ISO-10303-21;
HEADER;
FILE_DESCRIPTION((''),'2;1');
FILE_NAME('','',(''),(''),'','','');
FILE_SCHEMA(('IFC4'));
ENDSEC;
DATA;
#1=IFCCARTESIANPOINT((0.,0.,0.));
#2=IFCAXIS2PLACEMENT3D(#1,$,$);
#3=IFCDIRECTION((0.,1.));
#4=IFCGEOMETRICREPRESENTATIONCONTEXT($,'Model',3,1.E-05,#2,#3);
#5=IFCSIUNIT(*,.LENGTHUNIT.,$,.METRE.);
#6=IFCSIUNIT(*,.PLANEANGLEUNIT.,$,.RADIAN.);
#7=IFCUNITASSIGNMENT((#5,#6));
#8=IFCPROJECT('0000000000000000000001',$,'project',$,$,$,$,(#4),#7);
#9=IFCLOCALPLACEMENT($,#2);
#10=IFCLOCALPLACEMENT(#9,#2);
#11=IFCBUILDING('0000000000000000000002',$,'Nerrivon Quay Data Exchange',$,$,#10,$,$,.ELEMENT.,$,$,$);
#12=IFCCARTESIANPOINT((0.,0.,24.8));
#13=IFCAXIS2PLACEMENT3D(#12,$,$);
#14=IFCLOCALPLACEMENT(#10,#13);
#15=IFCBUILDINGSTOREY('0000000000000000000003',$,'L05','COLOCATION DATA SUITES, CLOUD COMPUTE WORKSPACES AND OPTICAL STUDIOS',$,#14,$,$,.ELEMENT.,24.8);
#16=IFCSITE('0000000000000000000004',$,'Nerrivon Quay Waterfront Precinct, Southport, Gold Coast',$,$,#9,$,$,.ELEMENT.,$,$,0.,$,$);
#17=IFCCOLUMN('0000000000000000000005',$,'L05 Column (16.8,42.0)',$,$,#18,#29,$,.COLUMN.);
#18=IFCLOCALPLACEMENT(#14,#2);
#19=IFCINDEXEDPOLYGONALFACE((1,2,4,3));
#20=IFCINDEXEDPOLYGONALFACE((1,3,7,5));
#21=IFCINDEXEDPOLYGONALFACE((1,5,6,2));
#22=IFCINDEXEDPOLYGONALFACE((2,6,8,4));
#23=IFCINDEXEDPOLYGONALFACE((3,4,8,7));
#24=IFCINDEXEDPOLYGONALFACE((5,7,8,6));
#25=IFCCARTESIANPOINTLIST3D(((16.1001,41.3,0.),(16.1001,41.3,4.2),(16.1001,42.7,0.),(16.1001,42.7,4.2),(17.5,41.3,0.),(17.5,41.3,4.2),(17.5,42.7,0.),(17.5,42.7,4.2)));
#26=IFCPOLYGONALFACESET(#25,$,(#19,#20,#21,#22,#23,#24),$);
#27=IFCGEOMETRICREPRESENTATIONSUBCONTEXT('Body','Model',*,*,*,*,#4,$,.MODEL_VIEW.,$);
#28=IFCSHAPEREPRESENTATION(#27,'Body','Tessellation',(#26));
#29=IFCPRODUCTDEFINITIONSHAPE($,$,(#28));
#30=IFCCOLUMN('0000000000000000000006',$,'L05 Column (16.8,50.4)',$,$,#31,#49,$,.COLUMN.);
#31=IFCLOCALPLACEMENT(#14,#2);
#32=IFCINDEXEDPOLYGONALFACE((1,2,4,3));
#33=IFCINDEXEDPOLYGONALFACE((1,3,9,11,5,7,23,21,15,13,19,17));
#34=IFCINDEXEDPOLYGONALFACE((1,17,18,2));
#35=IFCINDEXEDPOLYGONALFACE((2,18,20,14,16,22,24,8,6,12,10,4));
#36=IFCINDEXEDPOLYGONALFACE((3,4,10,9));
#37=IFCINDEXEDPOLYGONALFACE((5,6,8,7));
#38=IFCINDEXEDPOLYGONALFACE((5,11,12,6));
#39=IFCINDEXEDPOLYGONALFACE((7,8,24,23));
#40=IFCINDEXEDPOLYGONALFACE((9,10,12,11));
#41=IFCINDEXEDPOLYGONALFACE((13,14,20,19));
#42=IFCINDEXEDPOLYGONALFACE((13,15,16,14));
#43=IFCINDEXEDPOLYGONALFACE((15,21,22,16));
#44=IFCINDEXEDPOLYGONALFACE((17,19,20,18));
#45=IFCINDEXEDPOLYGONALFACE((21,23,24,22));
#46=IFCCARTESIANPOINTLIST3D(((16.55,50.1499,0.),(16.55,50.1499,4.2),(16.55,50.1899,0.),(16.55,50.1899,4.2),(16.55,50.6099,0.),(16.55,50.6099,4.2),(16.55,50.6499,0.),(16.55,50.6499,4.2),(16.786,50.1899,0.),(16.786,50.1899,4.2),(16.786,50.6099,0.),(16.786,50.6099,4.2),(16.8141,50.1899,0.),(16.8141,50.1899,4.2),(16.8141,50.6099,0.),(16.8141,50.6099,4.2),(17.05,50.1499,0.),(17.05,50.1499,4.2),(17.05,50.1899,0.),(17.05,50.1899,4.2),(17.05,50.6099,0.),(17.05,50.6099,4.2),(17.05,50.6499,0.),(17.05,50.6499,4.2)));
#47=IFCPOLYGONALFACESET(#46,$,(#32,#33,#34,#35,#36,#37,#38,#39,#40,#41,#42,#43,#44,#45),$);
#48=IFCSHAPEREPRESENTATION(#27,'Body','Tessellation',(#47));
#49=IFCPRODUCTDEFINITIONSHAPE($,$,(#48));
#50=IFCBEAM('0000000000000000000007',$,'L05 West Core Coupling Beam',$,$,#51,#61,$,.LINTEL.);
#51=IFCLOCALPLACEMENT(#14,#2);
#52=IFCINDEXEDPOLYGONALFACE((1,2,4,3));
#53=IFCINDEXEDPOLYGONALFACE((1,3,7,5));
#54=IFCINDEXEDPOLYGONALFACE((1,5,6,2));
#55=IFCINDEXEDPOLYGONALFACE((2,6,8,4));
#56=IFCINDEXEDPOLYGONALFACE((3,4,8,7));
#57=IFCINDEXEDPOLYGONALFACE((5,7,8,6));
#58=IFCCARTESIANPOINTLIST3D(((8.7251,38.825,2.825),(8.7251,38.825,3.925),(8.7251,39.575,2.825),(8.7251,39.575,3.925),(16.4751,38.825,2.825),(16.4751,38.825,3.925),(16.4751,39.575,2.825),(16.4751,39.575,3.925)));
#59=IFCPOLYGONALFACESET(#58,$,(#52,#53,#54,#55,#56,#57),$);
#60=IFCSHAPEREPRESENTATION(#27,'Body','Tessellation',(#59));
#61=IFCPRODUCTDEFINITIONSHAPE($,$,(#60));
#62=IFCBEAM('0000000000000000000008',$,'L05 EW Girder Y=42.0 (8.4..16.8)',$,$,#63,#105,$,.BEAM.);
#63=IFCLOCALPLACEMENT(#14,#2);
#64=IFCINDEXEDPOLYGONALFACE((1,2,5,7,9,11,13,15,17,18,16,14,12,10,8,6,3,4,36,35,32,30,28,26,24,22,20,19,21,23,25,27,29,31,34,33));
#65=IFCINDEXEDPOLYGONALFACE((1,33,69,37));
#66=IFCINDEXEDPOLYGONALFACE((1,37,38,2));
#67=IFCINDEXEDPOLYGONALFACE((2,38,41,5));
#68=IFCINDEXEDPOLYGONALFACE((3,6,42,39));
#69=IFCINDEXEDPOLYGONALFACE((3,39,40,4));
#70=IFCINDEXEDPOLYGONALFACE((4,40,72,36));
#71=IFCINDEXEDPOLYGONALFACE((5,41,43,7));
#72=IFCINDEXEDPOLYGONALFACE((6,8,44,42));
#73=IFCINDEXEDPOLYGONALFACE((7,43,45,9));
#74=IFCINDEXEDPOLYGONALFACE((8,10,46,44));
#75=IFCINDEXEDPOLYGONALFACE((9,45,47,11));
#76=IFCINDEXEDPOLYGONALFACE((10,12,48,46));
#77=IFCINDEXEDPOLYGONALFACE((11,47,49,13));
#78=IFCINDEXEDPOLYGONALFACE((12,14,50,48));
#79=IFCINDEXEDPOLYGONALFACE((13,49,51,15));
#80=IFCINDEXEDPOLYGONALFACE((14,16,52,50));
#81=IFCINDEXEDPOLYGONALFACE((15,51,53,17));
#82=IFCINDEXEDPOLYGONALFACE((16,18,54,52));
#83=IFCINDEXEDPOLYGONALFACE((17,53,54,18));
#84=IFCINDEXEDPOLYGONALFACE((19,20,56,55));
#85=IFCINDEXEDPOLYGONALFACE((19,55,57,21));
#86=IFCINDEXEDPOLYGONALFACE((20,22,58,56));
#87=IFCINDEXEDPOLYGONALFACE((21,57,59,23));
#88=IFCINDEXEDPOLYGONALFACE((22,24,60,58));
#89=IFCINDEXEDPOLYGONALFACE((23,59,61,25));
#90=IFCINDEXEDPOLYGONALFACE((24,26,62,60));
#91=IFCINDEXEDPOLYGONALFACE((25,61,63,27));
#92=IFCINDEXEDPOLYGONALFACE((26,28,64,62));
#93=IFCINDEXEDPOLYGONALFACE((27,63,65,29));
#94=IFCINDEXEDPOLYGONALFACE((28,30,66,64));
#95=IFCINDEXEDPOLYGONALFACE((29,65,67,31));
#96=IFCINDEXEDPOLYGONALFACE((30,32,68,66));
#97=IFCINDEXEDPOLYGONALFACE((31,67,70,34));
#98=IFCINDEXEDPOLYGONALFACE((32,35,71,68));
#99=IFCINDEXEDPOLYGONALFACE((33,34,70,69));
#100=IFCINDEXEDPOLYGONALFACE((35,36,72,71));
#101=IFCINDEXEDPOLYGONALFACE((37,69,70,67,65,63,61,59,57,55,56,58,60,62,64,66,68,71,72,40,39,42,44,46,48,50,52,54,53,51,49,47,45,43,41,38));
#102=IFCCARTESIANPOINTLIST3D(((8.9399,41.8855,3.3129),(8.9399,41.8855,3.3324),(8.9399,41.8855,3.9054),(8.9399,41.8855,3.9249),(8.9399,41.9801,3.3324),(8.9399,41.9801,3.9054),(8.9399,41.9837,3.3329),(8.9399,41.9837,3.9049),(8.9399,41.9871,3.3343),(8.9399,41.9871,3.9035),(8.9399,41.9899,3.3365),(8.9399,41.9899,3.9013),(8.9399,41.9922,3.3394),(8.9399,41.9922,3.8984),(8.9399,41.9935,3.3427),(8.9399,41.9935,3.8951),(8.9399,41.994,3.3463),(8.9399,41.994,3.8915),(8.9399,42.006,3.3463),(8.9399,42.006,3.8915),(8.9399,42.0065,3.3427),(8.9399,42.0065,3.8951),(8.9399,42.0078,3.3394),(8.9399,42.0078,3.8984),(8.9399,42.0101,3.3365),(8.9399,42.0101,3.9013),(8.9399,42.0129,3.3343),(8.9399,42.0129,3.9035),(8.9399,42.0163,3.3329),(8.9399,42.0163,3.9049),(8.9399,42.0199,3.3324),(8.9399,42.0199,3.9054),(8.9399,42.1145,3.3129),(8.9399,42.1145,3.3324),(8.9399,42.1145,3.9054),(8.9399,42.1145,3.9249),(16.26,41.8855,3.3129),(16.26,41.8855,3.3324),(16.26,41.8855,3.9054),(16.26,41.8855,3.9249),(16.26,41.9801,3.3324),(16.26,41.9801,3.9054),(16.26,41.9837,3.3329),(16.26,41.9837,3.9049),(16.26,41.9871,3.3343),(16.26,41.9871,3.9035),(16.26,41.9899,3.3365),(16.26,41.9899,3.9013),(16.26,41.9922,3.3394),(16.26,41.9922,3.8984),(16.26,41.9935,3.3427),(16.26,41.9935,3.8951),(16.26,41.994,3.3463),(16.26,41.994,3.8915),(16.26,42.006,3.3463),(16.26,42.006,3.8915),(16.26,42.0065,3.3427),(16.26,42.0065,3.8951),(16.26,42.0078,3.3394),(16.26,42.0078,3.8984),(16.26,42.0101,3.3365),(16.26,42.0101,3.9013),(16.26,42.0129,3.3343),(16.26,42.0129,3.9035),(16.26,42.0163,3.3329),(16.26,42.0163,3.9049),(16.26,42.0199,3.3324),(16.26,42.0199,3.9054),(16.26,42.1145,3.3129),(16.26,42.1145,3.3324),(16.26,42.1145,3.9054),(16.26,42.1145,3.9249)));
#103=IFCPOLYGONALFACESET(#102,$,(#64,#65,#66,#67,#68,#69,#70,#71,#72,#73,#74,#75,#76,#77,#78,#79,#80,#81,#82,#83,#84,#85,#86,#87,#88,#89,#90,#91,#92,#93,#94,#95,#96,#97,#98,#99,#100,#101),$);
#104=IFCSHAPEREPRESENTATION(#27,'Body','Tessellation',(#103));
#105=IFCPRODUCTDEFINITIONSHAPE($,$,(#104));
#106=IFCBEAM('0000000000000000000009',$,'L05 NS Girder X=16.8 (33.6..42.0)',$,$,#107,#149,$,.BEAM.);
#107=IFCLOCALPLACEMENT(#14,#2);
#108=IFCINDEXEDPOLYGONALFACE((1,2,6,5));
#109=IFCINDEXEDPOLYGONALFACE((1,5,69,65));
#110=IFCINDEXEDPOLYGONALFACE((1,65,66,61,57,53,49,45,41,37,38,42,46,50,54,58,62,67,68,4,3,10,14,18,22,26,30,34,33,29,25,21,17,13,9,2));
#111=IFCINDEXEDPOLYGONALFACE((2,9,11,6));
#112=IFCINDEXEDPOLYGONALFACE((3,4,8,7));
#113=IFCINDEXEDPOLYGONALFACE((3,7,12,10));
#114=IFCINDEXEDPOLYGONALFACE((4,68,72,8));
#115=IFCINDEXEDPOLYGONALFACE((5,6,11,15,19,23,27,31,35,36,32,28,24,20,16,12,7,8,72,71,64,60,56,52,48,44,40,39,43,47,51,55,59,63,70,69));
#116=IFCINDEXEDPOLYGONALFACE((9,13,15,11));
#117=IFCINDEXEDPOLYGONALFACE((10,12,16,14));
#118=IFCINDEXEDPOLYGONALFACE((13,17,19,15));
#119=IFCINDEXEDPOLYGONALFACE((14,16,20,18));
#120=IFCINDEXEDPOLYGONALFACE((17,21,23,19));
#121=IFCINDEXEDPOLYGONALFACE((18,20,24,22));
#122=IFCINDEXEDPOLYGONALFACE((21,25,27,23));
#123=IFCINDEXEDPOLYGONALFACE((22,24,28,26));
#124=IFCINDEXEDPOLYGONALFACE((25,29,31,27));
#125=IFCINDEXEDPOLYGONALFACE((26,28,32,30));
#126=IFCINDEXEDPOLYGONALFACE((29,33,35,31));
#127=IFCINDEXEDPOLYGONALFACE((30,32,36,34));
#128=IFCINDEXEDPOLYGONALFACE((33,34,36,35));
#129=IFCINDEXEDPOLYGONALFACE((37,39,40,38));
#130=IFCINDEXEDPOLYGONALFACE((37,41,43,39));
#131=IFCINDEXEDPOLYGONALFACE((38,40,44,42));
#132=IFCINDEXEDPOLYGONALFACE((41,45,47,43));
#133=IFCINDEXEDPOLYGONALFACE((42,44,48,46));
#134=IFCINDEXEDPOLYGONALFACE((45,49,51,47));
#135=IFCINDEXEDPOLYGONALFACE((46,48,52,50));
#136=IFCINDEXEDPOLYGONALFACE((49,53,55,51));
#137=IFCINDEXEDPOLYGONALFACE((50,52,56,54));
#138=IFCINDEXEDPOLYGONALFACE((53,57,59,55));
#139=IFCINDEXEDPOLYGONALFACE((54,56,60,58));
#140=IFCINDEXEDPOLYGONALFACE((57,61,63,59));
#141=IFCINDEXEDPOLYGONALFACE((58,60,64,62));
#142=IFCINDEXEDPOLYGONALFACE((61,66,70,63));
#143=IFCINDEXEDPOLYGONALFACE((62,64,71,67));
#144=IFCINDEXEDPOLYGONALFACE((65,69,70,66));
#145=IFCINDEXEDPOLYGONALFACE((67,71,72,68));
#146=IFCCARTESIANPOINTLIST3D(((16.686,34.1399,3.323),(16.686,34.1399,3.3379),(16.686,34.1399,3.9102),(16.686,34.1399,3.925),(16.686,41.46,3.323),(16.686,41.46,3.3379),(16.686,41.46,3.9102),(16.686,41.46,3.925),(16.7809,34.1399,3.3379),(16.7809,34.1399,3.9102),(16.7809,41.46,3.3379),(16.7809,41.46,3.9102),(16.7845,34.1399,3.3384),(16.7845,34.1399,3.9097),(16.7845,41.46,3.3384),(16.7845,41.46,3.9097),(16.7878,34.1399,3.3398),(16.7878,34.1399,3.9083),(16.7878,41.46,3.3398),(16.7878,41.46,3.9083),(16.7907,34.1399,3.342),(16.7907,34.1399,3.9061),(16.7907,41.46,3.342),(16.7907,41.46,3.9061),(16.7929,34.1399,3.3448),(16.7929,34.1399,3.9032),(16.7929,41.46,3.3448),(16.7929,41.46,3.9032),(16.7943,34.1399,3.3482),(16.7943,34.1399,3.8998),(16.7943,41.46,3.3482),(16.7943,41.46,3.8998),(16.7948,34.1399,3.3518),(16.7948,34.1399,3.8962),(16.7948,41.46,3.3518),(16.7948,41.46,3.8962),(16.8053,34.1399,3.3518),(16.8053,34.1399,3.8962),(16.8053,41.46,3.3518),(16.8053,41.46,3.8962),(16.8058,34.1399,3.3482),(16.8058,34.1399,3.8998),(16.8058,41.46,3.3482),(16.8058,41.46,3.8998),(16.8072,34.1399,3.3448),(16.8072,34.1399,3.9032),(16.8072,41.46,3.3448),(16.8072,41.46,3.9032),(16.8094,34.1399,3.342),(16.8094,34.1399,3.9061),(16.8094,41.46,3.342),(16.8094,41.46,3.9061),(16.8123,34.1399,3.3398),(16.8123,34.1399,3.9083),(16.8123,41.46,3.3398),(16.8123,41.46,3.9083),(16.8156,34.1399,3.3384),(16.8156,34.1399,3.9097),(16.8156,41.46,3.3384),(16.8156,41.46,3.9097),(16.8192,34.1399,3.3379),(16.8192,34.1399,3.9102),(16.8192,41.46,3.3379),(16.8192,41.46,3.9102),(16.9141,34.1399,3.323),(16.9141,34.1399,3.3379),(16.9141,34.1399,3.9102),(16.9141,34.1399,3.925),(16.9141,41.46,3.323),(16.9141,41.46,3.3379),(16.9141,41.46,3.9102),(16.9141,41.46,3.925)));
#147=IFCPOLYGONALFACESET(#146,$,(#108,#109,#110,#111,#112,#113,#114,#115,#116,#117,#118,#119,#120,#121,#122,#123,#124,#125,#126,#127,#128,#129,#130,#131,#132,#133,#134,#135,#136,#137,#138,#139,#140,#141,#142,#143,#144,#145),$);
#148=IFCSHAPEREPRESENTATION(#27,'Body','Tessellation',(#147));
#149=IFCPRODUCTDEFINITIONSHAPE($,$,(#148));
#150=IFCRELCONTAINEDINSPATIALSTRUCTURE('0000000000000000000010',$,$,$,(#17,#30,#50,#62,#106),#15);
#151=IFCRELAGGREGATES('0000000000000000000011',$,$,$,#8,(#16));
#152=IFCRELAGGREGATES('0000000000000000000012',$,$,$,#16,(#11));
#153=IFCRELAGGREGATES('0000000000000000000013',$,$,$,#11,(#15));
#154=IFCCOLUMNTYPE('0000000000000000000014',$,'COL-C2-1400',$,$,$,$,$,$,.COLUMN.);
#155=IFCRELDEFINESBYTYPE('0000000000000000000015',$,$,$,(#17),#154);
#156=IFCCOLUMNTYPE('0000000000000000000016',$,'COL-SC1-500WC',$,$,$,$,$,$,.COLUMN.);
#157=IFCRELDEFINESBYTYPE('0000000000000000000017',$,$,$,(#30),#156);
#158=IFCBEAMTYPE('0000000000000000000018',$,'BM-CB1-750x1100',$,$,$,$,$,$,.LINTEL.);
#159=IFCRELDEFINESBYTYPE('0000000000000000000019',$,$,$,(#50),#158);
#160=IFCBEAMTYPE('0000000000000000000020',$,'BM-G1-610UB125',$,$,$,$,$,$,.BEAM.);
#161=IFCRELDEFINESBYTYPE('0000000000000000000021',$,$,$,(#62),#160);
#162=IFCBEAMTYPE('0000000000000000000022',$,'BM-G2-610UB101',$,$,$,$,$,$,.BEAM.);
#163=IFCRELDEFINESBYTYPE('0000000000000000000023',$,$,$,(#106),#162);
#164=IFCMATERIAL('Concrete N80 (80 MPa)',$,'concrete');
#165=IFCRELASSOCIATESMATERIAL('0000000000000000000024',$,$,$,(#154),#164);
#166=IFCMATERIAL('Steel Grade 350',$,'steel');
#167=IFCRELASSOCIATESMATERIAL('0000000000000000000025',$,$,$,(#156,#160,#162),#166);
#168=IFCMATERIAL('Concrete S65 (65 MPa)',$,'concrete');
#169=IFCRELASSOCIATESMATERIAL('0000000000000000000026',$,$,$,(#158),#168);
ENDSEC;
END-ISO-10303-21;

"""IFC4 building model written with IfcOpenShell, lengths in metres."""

from ifc_helpers import new_model, si_unit, direction, frame, origin, origin_2d, place, context, subcontext, project, spatial, rectangle, i_section, extrude, material, material_profile, profile_set, type_object, element, save


model = new_model("IFC4")

# Units and contexts
model_context = context("Model", 3, precision=1e-05, world=origin(), true_north=direction((0.0, 1.0)))
body_context = subcontext(model_context, "Body", "Model", "MODEL_VIEW")
ifc_project = project(units=[si_unit("LENGTHUNIT", "METRE"), si_unit("PLANEANGLEUNIT", "RADIAN")], contexts=[model_context])

# Site, building, storey
site_placement = place(None, origin())
site = spatial("IfcSite", under=ifc_project, at=site_placement, Name="Nerrivon Quay Waterfront Precinct, Southport, Gold Coast", CompositionType="ELEMENT", RefElevation=0.0)
building_placement = place(site_placement, origin())
building = spatial("IfcBuilding", under=site, at=building_placement, Name="Nerrivon Quay Data Exchange", CompositionType="ELEMENT")
storey_placement = place(building_placement, frame((0.0, 0.0, 24.8)))
storey = spatial("IfcBuildingStorey", under=building, at=storey_placement, Name="L05", Description="COLOCATION DATA SUITES, CLOUD COMPUTE WORKSPACES AND OPTICAL STUDIOS", CompositionType="ELEMENT", Elevation=24.8)

# Columns
ifc_material_1 = material(Name="Concrete N80 (80 MPa)", Category="concrete")
ifc_material_profile_1 = material_profile(ifc_material_1, rectangle(XDim=1.3999, YDim=1.3999, at=origin_2d()), Name="RC-COL-1400x1400")
ifc_profile_set_1 = profile_set([ifc_material_profile_1], Name="Concrete N80 (80 MPa)")
column_type_1 = type_object("IfcColumnType", Name="COL-C2-1400", PredefinedType="COLUMN", material=ifc_profile_set_1)
column_1_placement = place(storey_placement, frame((16.8, 42.0, 0.0), z_axis=(0.0, 0.0, 1.0), x_axis=(1.0, 0.0, 0.0)))
element("IfcColumn", 1, at=column_1_placement, inside=storey, type_object=column_type_1, Name="L05 Column (16.8,42.0)", PredefinedType="COLUMN", context=body_context, shape_type="SweptSolid", body=[
    extrude(rectangle(XDim=1.3999, YDim=1.3999, at=origin_2d()), origin(), (0.0, 0.0, 1.0), 4.2),
])
ifc_material_2 = material(Name="Steel Grade 350", Category="steel")
ifc_material_profile_2 = material_profile(ifc_material_2, i_section(OverallWidth=0.5, OverallDepth=0.5, WebThickness=0.0281, FlangeThickness=0.04, at=origin_2d()), Name="500WC440")
ifc_profile_set_2 = profile_set([ifc_material_profile_2], Name="Steel Grade 350")
column_type_2 = type_object("IfcColumnType", Name="COL-SC1-500WC", PredefinedType="COLUMN", material=ifc_profile_set_2)
column_2_placement = place(storey_placement, frame((16.8, 50.3999, 0.0), z_axis=(0.0, 0.0, 1.0), x_axis=(1.0, 0.0, 0.0)))
element("IfcColumn", 2, at=column_2_placement, inside=storey, type_object=column_type_2, Name="L05 Column (16.8,50.4)", PredefinedType="COLUMN", context=body_context, shape_type="SweptSolid", body=[
    extrude(i_section(OverallWidth=0.5, OverallDepth=0.5, WebThickness=0.0281, FlangeThickness=0.04, at=origin_2d()), origin(), (0.0, 0.0, 1.0), 4.2),
])

# Beams
ifc_material_3 = material(Name="Concrete S65 (65 MPa)", Category="concrete")
ifc_material_profile_3 = material_profile(ifc_material_3, rectangle(XDim=0.75, YDim=1.1001, at=origin_2d()), Name="RC-CB-750x1100")
ifc_profile_set_3 = profile_set([ifc_material_profile_3], Name="Concrete S65 (65 MPa)")
beam_type_1 = type_object("IfcBeamType", Name="BM-CB1-750x1100", PredefinedType="LINTEL", material=ifc_profile_set_3)
beam_1_placement = place(storey_placement, frame((8.7251, 39.2, 3.375), z_axis=(1.0, 0.0, 0.0), x_axis=(0.0, 1.0, 0.0)))
element("IfcBeam", 3, at=beam_1_placement, inside=storey, type_object=beam_type_1, Name="L05 West Core Coupling Beam", PredefinedType="LINTEL", context=body_context, shape_type="SweptSolid", body=[
    extrude(rectangle(XDim=0.75, YDim=1.1001, at=origin_2d()), origin(), (0.0, 0.0, 1.0), 7.75),
])
ifc_material_profile_4 = material_profile(ifc_material_2, i_section(OverallWidth=0.229, OverallDepth=0.6121, WebThickness=0.012, FlangeThickness=0.0195, FilletRadius=0.0139, at=origin_2d()), Name="610UB125")
ifc_profile_set_4 = profile_set([ifc_material_profile_4], Name="Steel Grade 350")
beam_type_2 = type_object("IfcBeamType", Name="BM-G1-610UB125", PredefinedType="BEAM", material=ifc_profile_set_4)
beam_2_placement = place(storey_placement, frame((8.9399, 42.0, 3.6189), z_axis=(1.0, 0.0, 0.0), x_axis=(0.0, 1.0, 0.0)))
element("IfcBeam", 4, at=beam_2_placement, inside=storey, type_object=beam_type_2, Name="L05 EW Girder Y=42.0 (8.4..16.8)", PredefinedType="BEAM", context=body_context, shape_type="SweptSolid", body=[
    extrude(i_section(OverallWidth=0.229, OverallDepth=0.6121, WebThickness=0.012, FlangeThickness=0.0195, FilletRadius=0.0139, at=origin_2d()), origin(), (0.0, 0.0, 1.0), 7.3201),
])
ifc_material_profile_5 = material_profile(ifc_material_2, i_section(OverallWidth=0.228, OverallDepth=0.6021, WebThickness=0.0105, FlangeThickness=0.0149, FilletRadius=0.0139, at=origin_2d()), Name="610UB101")
ifc_profile_set_5 = profile_set([ifc_material_profile_5], Name="Steel Grade 350")
beam_type_3 = type_object("IfcBeamType", Name="BM-G2-610UB101", PredefinedType="BEAM", material=ifc_profile_set_5)
beam_3_placement = place(storey_placement, frame((16.8, 34.1399, 3.624), z_axis=(0.0, 1.0, 0.0), x_axis=(-1.0, 0.0, 0.0)))
element("IfcBeam", 5, at=beam_3_placement, inside=storey, type_object=beam_type_3, Name="L05 NS Girder X=16.8 (33.6..42.0)", PredefinedType="BEAM", context=body_context, shape_type="SweptSolid", body=[
    extrude(i_section(OverallWidth=0.228, OverallDepth=0.6021, WebThickness=0.0105, FlangeThickness=0.0149, FilletRadius=0.0139, at=origin_2d()), origin(), (0.0, 0.0, 1.0), 7.3201),
])

save(model, "model.ifc")
